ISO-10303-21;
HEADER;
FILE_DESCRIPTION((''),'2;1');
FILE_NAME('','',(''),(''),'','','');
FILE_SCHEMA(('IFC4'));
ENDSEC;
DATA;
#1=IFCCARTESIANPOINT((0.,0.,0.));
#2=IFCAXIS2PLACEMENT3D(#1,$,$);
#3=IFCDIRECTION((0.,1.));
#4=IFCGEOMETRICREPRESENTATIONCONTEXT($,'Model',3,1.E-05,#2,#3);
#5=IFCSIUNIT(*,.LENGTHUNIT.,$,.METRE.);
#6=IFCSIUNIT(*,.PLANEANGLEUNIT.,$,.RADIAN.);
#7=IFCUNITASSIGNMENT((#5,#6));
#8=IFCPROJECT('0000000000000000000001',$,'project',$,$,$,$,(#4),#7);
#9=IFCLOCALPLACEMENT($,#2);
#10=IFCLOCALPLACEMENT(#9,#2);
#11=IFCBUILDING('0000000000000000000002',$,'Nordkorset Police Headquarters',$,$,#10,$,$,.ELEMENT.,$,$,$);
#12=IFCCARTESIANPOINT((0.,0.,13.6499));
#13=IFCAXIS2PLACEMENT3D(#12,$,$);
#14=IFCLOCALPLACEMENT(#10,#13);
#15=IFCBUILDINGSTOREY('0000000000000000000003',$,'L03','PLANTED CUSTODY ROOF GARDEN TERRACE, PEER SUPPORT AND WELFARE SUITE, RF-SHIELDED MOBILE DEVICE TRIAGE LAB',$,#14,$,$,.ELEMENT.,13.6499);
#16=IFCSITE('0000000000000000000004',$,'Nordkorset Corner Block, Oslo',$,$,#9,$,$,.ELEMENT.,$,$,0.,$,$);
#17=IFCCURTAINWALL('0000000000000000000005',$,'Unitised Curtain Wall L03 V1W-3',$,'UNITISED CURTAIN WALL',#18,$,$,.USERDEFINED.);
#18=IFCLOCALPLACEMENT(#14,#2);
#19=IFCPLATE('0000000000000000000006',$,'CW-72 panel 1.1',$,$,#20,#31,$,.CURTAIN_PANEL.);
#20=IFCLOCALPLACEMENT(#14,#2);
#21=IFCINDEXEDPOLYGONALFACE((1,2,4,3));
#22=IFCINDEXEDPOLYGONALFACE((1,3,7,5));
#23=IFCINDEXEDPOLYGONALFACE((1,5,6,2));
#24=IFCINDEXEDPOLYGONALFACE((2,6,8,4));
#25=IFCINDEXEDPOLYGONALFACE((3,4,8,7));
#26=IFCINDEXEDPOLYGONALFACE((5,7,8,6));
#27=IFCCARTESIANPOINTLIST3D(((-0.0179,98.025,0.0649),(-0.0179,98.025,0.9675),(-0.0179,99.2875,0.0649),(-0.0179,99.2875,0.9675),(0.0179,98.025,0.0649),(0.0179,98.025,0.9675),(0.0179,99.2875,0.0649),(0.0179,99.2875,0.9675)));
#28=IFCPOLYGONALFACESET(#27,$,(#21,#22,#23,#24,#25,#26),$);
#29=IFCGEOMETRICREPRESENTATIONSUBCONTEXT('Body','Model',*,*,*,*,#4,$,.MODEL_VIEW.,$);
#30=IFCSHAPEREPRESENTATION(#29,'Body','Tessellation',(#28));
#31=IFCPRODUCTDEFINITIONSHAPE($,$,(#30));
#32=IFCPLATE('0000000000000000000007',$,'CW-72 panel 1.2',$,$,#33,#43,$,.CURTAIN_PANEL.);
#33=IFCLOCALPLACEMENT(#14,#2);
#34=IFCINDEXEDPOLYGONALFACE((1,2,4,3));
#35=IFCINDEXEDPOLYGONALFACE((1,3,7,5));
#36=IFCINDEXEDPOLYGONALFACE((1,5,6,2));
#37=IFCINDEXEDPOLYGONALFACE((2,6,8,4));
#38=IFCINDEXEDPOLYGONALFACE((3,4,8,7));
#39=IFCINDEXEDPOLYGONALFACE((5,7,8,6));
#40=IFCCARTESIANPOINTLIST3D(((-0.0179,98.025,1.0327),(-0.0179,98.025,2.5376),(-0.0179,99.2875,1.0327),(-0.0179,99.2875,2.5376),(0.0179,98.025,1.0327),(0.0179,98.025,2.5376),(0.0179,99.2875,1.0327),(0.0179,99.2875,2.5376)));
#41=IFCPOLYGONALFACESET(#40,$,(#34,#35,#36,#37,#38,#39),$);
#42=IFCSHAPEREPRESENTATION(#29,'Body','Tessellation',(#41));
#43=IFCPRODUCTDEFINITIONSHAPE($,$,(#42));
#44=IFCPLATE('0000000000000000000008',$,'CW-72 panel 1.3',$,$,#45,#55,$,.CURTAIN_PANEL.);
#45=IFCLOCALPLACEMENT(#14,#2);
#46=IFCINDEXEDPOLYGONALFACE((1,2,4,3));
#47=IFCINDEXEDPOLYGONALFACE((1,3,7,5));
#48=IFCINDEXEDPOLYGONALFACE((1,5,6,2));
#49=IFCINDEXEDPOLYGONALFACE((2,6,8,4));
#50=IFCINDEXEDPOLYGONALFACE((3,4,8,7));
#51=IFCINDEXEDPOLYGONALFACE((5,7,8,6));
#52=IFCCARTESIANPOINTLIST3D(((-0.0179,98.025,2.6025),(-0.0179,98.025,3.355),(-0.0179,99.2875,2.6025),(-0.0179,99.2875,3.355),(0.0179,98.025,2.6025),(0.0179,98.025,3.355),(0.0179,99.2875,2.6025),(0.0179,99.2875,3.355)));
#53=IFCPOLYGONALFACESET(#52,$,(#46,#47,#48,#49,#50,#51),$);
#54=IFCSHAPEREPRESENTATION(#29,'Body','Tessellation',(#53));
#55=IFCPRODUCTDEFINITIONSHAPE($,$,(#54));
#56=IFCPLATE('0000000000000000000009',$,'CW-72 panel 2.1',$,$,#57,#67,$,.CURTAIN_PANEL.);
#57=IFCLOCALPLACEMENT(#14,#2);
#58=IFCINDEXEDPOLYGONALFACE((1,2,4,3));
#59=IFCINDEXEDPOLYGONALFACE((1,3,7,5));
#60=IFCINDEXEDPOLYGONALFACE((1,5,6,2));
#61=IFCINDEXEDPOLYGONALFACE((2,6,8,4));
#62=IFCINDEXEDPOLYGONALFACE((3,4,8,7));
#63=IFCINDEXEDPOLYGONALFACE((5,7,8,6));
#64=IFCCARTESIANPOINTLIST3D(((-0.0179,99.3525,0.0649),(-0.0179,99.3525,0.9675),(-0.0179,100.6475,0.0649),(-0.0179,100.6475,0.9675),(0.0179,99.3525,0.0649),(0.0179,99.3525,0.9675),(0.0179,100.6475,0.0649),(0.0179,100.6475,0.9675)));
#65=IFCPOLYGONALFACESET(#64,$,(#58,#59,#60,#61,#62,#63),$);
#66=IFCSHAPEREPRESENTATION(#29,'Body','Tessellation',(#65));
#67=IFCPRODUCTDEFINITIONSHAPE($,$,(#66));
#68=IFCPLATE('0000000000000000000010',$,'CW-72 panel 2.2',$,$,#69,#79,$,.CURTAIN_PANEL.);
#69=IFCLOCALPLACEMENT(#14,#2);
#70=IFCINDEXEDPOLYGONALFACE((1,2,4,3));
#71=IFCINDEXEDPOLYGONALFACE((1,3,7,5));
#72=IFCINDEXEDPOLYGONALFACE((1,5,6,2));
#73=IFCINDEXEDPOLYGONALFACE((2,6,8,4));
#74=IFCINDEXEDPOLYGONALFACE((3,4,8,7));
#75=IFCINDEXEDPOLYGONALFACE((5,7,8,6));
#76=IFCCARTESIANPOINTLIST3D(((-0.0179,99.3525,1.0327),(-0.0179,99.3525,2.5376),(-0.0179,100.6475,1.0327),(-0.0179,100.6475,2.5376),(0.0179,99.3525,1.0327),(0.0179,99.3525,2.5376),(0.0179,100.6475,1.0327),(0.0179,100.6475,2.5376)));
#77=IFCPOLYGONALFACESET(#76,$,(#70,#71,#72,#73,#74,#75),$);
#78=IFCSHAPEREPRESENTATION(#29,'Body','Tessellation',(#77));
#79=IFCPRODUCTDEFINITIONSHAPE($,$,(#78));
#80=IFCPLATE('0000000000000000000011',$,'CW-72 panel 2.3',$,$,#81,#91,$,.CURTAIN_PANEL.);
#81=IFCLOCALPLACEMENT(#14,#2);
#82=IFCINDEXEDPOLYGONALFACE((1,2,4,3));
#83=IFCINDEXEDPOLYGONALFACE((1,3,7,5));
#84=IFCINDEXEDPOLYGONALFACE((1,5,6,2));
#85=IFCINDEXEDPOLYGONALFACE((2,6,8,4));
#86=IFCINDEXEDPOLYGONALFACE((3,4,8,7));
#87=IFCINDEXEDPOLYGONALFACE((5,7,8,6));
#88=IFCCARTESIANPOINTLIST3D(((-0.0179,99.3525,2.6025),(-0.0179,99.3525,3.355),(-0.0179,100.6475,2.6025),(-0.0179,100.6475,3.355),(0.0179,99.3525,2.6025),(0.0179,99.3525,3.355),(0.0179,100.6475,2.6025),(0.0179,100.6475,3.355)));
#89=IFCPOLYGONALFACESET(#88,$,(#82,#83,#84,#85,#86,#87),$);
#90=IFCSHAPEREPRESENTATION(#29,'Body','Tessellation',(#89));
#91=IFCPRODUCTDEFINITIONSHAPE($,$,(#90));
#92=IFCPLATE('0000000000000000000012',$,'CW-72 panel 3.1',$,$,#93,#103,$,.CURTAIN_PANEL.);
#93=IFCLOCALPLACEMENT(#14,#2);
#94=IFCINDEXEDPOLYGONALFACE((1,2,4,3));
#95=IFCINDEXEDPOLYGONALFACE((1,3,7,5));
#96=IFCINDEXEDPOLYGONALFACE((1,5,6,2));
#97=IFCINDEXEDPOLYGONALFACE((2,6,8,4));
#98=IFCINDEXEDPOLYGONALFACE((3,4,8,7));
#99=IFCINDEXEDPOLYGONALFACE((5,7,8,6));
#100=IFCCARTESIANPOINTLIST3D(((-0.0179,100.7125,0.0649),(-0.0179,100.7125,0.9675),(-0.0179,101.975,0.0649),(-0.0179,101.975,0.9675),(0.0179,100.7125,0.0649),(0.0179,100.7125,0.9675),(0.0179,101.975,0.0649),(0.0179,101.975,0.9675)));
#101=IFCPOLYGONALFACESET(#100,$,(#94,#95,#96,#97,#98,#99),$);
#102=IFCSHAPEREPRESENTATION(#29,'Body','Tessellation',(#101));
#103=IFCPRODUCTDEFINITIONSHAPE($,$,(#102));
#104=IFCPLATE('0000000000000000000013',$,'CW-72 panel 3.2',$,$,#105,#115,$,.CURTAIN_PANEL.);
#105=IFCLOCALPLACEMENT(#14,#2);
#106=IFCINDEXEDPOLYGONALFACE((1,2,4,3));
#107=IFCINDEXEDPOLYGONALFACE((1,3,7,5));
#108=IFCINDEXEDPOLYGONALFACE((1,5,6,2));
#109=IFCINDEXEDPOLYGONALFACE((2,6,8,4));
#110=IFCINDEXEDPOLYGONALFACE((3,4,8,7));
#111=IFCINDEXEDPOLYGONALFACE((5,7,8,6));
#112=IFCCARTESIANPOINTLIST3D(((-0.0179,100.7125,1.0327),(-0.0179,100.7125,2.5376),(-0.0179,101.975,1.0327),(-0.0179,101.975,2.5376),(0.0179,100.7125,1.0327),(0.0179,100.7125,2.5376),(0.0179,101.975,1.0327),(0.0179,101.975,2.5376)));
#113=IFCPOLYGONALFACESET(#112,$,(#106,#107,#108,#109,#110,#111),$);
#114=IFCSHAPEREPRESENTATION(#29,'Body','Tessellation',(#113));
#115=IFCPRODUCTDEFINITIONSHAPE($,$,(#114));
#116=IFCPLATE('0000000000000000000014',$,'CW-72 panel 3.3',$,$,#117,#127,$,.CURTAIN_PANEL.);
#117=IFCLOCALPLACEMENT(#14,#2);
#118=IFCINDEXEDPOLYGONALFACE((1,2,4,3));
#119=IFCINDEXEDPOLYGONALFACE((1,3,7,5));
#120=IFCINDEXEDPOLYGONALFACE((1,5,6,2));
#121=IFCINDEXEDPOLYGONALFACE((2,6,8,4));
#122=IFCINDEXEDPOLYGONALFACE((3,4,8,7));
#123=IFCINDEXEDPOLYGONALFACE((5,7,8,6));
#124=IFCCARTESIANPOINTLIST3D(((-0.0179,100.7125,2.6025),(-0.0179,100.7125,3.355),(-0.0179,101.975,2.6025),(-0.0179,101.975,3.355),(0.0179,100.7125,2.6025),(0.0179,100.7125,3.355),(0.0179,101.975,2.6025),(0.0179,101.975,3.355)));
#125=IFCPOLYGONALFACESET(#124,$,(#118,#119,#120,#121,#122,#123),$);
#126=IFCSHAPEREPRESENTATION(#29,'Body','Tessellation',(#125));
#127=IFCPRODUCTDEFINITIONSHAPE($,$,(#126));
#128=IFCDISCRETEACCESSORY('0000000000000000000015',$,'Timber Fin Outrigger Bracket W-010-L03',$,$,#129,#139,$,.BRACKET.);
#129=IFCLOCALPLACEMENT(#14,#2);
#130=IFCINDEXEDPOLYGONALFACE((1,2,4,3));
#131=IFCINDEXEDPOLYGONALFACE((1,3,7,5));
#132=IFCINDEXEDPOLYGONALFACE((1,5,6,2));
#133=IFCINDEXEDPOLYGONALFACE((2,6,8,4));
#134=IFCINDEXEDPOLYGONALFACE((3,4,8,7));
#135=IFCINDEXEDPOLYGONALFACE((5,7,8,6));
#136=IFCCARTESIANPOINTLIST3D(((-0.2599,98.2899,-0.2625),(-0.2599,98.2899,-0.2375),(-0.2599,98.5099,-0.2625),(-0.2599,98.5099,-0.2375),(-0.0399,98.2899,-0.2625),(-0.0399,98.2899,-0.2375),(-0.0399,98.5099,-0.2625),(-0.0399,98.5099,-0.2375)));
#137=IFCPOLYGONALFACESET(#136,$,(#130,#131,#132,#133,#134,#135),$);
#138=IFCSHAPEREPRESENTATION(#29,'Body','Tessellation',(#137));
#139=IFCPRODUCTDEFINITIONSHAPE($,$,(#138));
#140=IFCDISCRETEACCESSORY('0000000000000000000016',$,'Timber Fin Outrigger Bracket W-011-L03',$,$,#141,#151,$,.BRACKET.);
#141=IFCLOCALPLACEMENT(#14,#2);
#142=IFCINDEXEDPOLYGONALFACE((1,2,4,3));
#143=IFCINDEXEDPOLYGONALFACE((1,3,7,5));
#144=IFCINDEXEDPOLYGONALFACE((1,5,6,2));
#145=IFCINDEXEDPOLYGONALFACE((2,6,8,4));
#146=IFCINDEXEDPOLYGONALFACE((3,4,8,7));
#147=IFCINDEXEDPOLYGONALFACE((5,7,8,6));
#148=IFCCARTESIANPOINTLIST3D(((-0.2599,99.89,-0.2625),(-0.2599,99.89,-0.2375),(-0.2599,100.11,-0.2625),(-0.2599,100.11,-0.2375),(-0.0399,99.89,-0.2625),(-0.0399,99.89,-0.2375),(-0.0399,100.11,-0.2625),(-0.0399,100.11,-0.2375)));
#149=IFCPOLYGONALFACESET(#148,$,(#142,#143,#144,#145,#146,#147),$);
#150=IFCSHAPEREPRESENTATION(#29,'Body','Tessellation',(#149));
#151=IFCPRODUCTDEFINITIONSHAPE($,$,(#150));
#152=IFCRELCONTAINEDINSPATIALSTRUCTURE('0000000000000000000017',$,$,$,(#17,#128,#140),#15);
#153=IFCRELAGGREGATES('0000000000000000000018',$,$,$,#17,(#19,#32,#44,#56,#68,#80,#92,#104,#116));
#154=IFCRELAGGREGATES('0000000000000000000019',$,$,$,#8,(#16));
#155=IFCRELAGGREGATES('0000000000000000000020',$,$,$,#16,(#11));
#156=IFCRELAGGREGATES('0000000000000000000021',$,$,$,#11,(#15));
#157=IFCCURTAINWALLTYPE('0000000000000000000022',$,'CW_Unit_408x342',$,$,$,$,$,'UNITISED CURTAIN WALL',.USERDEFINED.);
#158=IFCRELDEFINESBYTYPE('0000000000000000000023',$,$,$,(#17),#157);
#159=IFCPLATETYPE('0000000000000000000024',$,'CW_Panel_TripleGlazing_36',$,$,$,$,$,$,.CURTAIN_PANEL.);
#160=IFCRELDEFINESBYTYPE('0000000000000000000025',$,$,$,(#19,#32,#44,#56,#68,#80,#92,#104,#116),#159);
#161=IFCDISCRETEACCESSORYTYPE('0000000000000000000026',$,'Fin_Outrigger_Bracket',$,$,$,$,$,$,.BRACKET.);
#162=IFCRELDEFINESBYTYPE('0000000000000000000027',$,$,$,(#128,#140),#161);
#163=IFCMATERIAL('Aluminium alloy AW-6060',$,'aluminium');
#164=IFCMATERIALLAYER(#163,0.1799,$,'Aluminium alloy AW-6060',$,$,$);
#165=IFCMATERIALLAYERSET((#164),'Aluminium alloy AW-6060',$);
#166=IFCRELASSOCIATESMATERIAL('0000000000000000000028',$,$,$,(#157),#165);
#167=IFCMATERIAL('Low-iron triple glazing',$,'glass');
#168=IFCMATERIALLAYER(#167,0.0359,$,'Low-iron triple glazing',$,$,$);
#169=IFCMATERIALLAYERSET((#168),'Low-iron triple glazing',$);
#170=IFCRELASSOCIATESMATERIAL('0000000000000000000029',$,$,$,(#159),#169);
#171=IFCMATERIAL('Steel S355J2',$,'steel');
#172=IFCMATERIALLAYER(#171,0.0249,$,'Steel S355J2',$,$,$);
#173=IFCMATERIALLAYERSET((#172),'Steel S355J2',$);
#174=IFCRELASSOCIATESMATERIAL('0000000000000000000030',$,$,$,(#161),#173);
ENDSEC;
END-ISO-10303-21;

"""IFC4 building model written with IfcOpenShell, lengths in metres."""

from ifc_helpers import new_model, si_unit, direction, frame, origin, origin_2d, place, context, subcontext, project, spatial, rectangle, extrude, material, layer, layer_set, type_object, element, aggregate, save


model = new_model("IFC4")

# Units and contexts
model_context = context("Model", 3, precision=1e-05, world=origin(), true_north=direction((0.0, 1.0)))
body_context = subcontext(model_context, "Body", "Model", "MODEL_VIEW")
ifc_project = project(units=[si_unit("LENGTHUNIT", "METRE"), si_unit("PLANEANGLEUNIT", "RADIAN")], contexts=[model_context])

# Site, building, storey
site_placement = place(None, origin())
site = spatial("IfcSite", under=ifc_project, at=site_placement, Name="Nordkorset Corner Block, Oslo", CompositionType="ELEMENT", RefElevation=0.0)
building_placement = place(site_placement, origin())
building = spatial("IfcBuilding", under=site, at=building_placement, Name="Nordkorset Police Headquarters", CompositionType="ELEMENT")
storey_placement = place(building_placement, frame((0.0, 0.0, 13.6499)))
storey = spatial("IfcBuildingStorey", under=building, at=storey_placement, Name="L03", Description="PLANTED CUSTODY ROOF GARDEN TERRACE, PEER SUPPORT AND WELFARE SUITE, RF-SHIELDED MOBILE DEVICE TRIAGE LAB", CompositionType="ELEMENT", Elevation=13.6499)

# Curtain wall, plates
ifc_material_1 = material(Name="Aluminium alloy AW-6060", Category="aluminium")
ifc_layer_1 = layer(ifc_material_1, 0.1799, Name="Aluminium alloy AW-6060")
ifc_layer_set_1 = layer_set([ifc_layer_1], Name="Aluminium alloy AW-6060")
curtain_wall_type = type_object("IfcCurtainWallType", Name="CW_Unit_408x342", ElementType="UNITISED CURTAIN WALL", PredefinedType="USERDEFINED", material=ifc_layer_set_1)
curtain_wall_placement = place(storey_placement, origin())
curtain_wall = element("IfcCurtainWall", 1, at=curtain_wall_placement, inside=storey, type_object=curtain_wall_type, Name="Unitised Curtain Wall L03 V1W-3", ObjectType="UNITISED CURTAIN WALL", PredefinedType="USERDEFINED")
ifc_material_2 = material(Name="Low-iron triple glazing", Category="glass")
ifc_layer_2 = layer(ifc_material_2, 0.0359, Name="Low-iron triple glazing")
ifc_layer_set_2 = layer_set([ifc_layer_2], Name="Low-iron triple glazing")
plate_type = type_object("IfcPlateType", Name="CW_Panel_TripleGlazing_36", PredefinedType="CURTAIN_PANEL", material=ifc_layer_set_2)
plate_1_placement = place(storey_placement, frame((0.0, 98.6562, 0.0649), z_axis=(0.0, 0.0, 1.0), x_axis=(0.0, 1.0, 0.0)))
plate_1 = element("IfcPlate", 2, at=plate_1_placement, type_object=plate_type, Name="CW-72 panel 1.1", PredefinedType="CURTAIN_PANEL", context=body_context, shape_type="SweptSolid", body=[
    extrude(rectangle(XDim=1.2625, YDim=0.0359, at=origin_2d()), origin(), (0.0, 0.0, 1.0), 0.9026),
])
plate_2_placement = place(storey_placement, frame((0.0, 98.6562, 1.0327), z_axis=(0.0, 0.0, 1.0), x_axis=(0.0, 1.0, 0.0)))
plate_2 = element("IfcPlate", 3, at=plate_2_placement, type_object=plate_type, Name="CW-72 panel 1.2", PredefinedType="CURTAIN_PANEL", context=body_context, shape_type="SweptSolid", body=[
    extrude(rectangle(XDim=1.2625, YDim=0.0359, at=origin_2d()), origin(), (0.0, 0.0, 1.0), 1.5049),
])
plate_3_placement = place(storey_placement, frame((0.0, 98.6562, 2.6025), z_axis=(0.0, 0.0, 1.0), x_axis=(0.0, 1.0, 0.0)))
plate_3 = element("IfcPlate", 4, at=plate_3_placement, type_object=plate_type, Name="CW-72 panel 1.3", PredefinedType="CURTAIN_PANEL", context=body_context, shape_type="SweptSolid", body=[
    extrude(rectangle(XDim=1.2625, YDim=0.0359, at=origin_2d()), origin(), (0.0, 0.0, 1.0), 0.7524),
])
plate_4_placement = place(storey_placement, frame((0.0, 100.0, 0.0649), z_axis=(0.0, 0.0, 1.0), x_axis=(0.0, 1.0, 0.0)))
plate_4 = element("IfcPlate", 5, at=plate_4_placement, type_object=plate_type, Name="CW-72 panel 2.1", PredefinedType="CURTAIN_PANEL", context=body_context, shape_type="SweptSolid", body=[
    extrude(rectangle(XDim=1.2949, YDim=0.0359, at=origin_2d()), origin(), (0.0, 0.0, 1.0), 0.9026),
])
plate_5_placement = place(storey_placement, frame((0.0, 100.0, 1.0327), z_axis=(0.0, 0.0, 1.0), x_axis=(0.0, 1.0, 0.0)))
plate_5 = element("IfcPlate", 6, at=plate_5_placement, type_object=plate_type, Name="CW-72 panel 2.2", PredefinedType="CURTAIN_PANEL", context=body_context, shape_type="SweptSolid", body=[
    extrude(rectangle(XDim=1.2949, YDim=0.0359, at=origin_2d()), origin(), (0.0, 0.0, 1.0), 1.5049),
])
plate_6_placement = place(storey_placement, frame((0.0, 100.0, 2.6025), z_axis=(0.0, 0.0, 1.0), x_axis=(0.0, 1.0, 0.0)))
plate_6 = element("IfcPlate", 7, at=plate_6_placement, type_object=plate_type, Name="CW-72 panel 2.3", PredefinedType="CURTAIN_PANEL", context=body_context, shape_type="SweptSolid", body=[
    extrude(rectangle(XDim=1.2949, YDim=0.0359, at=origin_2d()), origin(), (0.0, 0.0, 1.0), 0.7524),
])
plate_7_placement = place(storey_placement, frame((0.0, 101.3438, 0.0649), z_axis=(0.0, 0.0, 1.0), x_axis=(0.0, 1.0, 0.0)))
plate_7 = element("IfcPlate", 8, at=plate_7_placement, type_object=plate_type, Name="CW-72 panel 3.1", PredefinedType="CURTAIN_PANEL", context=body_context, shape_type="SweptSolid", body=[
    extrude(rectangle(XDim=1.2625, YDim=0.0359, at=origin_2d()), origin(), (0.0, 0.0, 1.0), 0.9026),
])
plate_8_placement = place(storey_placement, frame((0.0, 101.3438, 1.0327), z_axis=(0.0, 0.0, 1.0), x_axis=(0.0, 1.0, 0.0)))
plate_8 = element("IfcPlate", 9, at=plate_8_placement, type_object=plate_type, Name="CW-72 panel 3.2", PredefinedType="CURTAIN_PANEL", context=body_context, shape_type="SweptSolid", body=[
    extrude(rectangle(XDim=1.2625, YDim=0.0359, at=origin_2d()), origin(), (0.0, 0.0, 1.0), 1.5049),
])
plate_9_placement = place(storey_placement, frame((0.0, 101.3438, 2.6025), z_axis=(0.0, 0.0, 1.0), x_axis=(0.0, 1.0, 0.0)))
plate_9 = element("IfcPlate", 10, at=plate_9_placement, type_object=plate_type, Name="CW-72 panel 3.3", PredefinedType="CURTAIN_PANEL", context=body_context, shape_type="SweptSolid", body=[
    extrude(rectangle(XDim=1.2625, YDim=0.0359, at=origin_2d()), origin(), (0.0, 0.0, 1.0), 0.7524),
])
aggregate(curtain_wall, [plate_1, plate_2, plate_3, plate_4, plate_5, plate_6, plate_7, plate_8, plate_9])

# Discrete accessories
ifc_material_3 = material(Name="Steel S355J2", Category="steel")
ifc_layer_3 = layer(ifc_material_3, 0.0249, Name="Steel S355J2")
ifc_layer_set_3 = layer_set([ifc_layer_3], Name="Steel S355J2")
discrete_accessory_type = type_object("IfcDiscreteAccessoryType", Name="Fin_Outrigger_Bracket", PredefinedType="BRACKET", material=ifc_layer_set_3)
for number, where, z_axis, x_axis, name in (
    (11, (-0.1499, 98.3999, -0.2625), (0.0, 0.0, 1.0), (1.0, 0.0, 0.0), "Timber Fin Outrigger Bracket W-010-L03"),
    (12, (-0.1499, 100.0, -0.2625), (0.0, 0.0, 1.0), (1.0, 0.0, 0.0), "Timber Fin Outrigger Bracket W-011-L03"),
):
    element("IfcDiscreteAccessory", number, at=place(storey_placement, frame(where, z_axis=z_axis, x_axis=x_axis)), inside=storey, type_object=discrete_accessory_type, Name=name, PredefinedType="BRACKET", context=body_context, shape_type="SweptSolid", body=[
        extrude(rectangle(XDim=0.22, YDim=0.22, at=origin_2d()), origin(), (0.0, 0.0, 1.0), 0.0249),
    ])

save(model, "model.ifc")
